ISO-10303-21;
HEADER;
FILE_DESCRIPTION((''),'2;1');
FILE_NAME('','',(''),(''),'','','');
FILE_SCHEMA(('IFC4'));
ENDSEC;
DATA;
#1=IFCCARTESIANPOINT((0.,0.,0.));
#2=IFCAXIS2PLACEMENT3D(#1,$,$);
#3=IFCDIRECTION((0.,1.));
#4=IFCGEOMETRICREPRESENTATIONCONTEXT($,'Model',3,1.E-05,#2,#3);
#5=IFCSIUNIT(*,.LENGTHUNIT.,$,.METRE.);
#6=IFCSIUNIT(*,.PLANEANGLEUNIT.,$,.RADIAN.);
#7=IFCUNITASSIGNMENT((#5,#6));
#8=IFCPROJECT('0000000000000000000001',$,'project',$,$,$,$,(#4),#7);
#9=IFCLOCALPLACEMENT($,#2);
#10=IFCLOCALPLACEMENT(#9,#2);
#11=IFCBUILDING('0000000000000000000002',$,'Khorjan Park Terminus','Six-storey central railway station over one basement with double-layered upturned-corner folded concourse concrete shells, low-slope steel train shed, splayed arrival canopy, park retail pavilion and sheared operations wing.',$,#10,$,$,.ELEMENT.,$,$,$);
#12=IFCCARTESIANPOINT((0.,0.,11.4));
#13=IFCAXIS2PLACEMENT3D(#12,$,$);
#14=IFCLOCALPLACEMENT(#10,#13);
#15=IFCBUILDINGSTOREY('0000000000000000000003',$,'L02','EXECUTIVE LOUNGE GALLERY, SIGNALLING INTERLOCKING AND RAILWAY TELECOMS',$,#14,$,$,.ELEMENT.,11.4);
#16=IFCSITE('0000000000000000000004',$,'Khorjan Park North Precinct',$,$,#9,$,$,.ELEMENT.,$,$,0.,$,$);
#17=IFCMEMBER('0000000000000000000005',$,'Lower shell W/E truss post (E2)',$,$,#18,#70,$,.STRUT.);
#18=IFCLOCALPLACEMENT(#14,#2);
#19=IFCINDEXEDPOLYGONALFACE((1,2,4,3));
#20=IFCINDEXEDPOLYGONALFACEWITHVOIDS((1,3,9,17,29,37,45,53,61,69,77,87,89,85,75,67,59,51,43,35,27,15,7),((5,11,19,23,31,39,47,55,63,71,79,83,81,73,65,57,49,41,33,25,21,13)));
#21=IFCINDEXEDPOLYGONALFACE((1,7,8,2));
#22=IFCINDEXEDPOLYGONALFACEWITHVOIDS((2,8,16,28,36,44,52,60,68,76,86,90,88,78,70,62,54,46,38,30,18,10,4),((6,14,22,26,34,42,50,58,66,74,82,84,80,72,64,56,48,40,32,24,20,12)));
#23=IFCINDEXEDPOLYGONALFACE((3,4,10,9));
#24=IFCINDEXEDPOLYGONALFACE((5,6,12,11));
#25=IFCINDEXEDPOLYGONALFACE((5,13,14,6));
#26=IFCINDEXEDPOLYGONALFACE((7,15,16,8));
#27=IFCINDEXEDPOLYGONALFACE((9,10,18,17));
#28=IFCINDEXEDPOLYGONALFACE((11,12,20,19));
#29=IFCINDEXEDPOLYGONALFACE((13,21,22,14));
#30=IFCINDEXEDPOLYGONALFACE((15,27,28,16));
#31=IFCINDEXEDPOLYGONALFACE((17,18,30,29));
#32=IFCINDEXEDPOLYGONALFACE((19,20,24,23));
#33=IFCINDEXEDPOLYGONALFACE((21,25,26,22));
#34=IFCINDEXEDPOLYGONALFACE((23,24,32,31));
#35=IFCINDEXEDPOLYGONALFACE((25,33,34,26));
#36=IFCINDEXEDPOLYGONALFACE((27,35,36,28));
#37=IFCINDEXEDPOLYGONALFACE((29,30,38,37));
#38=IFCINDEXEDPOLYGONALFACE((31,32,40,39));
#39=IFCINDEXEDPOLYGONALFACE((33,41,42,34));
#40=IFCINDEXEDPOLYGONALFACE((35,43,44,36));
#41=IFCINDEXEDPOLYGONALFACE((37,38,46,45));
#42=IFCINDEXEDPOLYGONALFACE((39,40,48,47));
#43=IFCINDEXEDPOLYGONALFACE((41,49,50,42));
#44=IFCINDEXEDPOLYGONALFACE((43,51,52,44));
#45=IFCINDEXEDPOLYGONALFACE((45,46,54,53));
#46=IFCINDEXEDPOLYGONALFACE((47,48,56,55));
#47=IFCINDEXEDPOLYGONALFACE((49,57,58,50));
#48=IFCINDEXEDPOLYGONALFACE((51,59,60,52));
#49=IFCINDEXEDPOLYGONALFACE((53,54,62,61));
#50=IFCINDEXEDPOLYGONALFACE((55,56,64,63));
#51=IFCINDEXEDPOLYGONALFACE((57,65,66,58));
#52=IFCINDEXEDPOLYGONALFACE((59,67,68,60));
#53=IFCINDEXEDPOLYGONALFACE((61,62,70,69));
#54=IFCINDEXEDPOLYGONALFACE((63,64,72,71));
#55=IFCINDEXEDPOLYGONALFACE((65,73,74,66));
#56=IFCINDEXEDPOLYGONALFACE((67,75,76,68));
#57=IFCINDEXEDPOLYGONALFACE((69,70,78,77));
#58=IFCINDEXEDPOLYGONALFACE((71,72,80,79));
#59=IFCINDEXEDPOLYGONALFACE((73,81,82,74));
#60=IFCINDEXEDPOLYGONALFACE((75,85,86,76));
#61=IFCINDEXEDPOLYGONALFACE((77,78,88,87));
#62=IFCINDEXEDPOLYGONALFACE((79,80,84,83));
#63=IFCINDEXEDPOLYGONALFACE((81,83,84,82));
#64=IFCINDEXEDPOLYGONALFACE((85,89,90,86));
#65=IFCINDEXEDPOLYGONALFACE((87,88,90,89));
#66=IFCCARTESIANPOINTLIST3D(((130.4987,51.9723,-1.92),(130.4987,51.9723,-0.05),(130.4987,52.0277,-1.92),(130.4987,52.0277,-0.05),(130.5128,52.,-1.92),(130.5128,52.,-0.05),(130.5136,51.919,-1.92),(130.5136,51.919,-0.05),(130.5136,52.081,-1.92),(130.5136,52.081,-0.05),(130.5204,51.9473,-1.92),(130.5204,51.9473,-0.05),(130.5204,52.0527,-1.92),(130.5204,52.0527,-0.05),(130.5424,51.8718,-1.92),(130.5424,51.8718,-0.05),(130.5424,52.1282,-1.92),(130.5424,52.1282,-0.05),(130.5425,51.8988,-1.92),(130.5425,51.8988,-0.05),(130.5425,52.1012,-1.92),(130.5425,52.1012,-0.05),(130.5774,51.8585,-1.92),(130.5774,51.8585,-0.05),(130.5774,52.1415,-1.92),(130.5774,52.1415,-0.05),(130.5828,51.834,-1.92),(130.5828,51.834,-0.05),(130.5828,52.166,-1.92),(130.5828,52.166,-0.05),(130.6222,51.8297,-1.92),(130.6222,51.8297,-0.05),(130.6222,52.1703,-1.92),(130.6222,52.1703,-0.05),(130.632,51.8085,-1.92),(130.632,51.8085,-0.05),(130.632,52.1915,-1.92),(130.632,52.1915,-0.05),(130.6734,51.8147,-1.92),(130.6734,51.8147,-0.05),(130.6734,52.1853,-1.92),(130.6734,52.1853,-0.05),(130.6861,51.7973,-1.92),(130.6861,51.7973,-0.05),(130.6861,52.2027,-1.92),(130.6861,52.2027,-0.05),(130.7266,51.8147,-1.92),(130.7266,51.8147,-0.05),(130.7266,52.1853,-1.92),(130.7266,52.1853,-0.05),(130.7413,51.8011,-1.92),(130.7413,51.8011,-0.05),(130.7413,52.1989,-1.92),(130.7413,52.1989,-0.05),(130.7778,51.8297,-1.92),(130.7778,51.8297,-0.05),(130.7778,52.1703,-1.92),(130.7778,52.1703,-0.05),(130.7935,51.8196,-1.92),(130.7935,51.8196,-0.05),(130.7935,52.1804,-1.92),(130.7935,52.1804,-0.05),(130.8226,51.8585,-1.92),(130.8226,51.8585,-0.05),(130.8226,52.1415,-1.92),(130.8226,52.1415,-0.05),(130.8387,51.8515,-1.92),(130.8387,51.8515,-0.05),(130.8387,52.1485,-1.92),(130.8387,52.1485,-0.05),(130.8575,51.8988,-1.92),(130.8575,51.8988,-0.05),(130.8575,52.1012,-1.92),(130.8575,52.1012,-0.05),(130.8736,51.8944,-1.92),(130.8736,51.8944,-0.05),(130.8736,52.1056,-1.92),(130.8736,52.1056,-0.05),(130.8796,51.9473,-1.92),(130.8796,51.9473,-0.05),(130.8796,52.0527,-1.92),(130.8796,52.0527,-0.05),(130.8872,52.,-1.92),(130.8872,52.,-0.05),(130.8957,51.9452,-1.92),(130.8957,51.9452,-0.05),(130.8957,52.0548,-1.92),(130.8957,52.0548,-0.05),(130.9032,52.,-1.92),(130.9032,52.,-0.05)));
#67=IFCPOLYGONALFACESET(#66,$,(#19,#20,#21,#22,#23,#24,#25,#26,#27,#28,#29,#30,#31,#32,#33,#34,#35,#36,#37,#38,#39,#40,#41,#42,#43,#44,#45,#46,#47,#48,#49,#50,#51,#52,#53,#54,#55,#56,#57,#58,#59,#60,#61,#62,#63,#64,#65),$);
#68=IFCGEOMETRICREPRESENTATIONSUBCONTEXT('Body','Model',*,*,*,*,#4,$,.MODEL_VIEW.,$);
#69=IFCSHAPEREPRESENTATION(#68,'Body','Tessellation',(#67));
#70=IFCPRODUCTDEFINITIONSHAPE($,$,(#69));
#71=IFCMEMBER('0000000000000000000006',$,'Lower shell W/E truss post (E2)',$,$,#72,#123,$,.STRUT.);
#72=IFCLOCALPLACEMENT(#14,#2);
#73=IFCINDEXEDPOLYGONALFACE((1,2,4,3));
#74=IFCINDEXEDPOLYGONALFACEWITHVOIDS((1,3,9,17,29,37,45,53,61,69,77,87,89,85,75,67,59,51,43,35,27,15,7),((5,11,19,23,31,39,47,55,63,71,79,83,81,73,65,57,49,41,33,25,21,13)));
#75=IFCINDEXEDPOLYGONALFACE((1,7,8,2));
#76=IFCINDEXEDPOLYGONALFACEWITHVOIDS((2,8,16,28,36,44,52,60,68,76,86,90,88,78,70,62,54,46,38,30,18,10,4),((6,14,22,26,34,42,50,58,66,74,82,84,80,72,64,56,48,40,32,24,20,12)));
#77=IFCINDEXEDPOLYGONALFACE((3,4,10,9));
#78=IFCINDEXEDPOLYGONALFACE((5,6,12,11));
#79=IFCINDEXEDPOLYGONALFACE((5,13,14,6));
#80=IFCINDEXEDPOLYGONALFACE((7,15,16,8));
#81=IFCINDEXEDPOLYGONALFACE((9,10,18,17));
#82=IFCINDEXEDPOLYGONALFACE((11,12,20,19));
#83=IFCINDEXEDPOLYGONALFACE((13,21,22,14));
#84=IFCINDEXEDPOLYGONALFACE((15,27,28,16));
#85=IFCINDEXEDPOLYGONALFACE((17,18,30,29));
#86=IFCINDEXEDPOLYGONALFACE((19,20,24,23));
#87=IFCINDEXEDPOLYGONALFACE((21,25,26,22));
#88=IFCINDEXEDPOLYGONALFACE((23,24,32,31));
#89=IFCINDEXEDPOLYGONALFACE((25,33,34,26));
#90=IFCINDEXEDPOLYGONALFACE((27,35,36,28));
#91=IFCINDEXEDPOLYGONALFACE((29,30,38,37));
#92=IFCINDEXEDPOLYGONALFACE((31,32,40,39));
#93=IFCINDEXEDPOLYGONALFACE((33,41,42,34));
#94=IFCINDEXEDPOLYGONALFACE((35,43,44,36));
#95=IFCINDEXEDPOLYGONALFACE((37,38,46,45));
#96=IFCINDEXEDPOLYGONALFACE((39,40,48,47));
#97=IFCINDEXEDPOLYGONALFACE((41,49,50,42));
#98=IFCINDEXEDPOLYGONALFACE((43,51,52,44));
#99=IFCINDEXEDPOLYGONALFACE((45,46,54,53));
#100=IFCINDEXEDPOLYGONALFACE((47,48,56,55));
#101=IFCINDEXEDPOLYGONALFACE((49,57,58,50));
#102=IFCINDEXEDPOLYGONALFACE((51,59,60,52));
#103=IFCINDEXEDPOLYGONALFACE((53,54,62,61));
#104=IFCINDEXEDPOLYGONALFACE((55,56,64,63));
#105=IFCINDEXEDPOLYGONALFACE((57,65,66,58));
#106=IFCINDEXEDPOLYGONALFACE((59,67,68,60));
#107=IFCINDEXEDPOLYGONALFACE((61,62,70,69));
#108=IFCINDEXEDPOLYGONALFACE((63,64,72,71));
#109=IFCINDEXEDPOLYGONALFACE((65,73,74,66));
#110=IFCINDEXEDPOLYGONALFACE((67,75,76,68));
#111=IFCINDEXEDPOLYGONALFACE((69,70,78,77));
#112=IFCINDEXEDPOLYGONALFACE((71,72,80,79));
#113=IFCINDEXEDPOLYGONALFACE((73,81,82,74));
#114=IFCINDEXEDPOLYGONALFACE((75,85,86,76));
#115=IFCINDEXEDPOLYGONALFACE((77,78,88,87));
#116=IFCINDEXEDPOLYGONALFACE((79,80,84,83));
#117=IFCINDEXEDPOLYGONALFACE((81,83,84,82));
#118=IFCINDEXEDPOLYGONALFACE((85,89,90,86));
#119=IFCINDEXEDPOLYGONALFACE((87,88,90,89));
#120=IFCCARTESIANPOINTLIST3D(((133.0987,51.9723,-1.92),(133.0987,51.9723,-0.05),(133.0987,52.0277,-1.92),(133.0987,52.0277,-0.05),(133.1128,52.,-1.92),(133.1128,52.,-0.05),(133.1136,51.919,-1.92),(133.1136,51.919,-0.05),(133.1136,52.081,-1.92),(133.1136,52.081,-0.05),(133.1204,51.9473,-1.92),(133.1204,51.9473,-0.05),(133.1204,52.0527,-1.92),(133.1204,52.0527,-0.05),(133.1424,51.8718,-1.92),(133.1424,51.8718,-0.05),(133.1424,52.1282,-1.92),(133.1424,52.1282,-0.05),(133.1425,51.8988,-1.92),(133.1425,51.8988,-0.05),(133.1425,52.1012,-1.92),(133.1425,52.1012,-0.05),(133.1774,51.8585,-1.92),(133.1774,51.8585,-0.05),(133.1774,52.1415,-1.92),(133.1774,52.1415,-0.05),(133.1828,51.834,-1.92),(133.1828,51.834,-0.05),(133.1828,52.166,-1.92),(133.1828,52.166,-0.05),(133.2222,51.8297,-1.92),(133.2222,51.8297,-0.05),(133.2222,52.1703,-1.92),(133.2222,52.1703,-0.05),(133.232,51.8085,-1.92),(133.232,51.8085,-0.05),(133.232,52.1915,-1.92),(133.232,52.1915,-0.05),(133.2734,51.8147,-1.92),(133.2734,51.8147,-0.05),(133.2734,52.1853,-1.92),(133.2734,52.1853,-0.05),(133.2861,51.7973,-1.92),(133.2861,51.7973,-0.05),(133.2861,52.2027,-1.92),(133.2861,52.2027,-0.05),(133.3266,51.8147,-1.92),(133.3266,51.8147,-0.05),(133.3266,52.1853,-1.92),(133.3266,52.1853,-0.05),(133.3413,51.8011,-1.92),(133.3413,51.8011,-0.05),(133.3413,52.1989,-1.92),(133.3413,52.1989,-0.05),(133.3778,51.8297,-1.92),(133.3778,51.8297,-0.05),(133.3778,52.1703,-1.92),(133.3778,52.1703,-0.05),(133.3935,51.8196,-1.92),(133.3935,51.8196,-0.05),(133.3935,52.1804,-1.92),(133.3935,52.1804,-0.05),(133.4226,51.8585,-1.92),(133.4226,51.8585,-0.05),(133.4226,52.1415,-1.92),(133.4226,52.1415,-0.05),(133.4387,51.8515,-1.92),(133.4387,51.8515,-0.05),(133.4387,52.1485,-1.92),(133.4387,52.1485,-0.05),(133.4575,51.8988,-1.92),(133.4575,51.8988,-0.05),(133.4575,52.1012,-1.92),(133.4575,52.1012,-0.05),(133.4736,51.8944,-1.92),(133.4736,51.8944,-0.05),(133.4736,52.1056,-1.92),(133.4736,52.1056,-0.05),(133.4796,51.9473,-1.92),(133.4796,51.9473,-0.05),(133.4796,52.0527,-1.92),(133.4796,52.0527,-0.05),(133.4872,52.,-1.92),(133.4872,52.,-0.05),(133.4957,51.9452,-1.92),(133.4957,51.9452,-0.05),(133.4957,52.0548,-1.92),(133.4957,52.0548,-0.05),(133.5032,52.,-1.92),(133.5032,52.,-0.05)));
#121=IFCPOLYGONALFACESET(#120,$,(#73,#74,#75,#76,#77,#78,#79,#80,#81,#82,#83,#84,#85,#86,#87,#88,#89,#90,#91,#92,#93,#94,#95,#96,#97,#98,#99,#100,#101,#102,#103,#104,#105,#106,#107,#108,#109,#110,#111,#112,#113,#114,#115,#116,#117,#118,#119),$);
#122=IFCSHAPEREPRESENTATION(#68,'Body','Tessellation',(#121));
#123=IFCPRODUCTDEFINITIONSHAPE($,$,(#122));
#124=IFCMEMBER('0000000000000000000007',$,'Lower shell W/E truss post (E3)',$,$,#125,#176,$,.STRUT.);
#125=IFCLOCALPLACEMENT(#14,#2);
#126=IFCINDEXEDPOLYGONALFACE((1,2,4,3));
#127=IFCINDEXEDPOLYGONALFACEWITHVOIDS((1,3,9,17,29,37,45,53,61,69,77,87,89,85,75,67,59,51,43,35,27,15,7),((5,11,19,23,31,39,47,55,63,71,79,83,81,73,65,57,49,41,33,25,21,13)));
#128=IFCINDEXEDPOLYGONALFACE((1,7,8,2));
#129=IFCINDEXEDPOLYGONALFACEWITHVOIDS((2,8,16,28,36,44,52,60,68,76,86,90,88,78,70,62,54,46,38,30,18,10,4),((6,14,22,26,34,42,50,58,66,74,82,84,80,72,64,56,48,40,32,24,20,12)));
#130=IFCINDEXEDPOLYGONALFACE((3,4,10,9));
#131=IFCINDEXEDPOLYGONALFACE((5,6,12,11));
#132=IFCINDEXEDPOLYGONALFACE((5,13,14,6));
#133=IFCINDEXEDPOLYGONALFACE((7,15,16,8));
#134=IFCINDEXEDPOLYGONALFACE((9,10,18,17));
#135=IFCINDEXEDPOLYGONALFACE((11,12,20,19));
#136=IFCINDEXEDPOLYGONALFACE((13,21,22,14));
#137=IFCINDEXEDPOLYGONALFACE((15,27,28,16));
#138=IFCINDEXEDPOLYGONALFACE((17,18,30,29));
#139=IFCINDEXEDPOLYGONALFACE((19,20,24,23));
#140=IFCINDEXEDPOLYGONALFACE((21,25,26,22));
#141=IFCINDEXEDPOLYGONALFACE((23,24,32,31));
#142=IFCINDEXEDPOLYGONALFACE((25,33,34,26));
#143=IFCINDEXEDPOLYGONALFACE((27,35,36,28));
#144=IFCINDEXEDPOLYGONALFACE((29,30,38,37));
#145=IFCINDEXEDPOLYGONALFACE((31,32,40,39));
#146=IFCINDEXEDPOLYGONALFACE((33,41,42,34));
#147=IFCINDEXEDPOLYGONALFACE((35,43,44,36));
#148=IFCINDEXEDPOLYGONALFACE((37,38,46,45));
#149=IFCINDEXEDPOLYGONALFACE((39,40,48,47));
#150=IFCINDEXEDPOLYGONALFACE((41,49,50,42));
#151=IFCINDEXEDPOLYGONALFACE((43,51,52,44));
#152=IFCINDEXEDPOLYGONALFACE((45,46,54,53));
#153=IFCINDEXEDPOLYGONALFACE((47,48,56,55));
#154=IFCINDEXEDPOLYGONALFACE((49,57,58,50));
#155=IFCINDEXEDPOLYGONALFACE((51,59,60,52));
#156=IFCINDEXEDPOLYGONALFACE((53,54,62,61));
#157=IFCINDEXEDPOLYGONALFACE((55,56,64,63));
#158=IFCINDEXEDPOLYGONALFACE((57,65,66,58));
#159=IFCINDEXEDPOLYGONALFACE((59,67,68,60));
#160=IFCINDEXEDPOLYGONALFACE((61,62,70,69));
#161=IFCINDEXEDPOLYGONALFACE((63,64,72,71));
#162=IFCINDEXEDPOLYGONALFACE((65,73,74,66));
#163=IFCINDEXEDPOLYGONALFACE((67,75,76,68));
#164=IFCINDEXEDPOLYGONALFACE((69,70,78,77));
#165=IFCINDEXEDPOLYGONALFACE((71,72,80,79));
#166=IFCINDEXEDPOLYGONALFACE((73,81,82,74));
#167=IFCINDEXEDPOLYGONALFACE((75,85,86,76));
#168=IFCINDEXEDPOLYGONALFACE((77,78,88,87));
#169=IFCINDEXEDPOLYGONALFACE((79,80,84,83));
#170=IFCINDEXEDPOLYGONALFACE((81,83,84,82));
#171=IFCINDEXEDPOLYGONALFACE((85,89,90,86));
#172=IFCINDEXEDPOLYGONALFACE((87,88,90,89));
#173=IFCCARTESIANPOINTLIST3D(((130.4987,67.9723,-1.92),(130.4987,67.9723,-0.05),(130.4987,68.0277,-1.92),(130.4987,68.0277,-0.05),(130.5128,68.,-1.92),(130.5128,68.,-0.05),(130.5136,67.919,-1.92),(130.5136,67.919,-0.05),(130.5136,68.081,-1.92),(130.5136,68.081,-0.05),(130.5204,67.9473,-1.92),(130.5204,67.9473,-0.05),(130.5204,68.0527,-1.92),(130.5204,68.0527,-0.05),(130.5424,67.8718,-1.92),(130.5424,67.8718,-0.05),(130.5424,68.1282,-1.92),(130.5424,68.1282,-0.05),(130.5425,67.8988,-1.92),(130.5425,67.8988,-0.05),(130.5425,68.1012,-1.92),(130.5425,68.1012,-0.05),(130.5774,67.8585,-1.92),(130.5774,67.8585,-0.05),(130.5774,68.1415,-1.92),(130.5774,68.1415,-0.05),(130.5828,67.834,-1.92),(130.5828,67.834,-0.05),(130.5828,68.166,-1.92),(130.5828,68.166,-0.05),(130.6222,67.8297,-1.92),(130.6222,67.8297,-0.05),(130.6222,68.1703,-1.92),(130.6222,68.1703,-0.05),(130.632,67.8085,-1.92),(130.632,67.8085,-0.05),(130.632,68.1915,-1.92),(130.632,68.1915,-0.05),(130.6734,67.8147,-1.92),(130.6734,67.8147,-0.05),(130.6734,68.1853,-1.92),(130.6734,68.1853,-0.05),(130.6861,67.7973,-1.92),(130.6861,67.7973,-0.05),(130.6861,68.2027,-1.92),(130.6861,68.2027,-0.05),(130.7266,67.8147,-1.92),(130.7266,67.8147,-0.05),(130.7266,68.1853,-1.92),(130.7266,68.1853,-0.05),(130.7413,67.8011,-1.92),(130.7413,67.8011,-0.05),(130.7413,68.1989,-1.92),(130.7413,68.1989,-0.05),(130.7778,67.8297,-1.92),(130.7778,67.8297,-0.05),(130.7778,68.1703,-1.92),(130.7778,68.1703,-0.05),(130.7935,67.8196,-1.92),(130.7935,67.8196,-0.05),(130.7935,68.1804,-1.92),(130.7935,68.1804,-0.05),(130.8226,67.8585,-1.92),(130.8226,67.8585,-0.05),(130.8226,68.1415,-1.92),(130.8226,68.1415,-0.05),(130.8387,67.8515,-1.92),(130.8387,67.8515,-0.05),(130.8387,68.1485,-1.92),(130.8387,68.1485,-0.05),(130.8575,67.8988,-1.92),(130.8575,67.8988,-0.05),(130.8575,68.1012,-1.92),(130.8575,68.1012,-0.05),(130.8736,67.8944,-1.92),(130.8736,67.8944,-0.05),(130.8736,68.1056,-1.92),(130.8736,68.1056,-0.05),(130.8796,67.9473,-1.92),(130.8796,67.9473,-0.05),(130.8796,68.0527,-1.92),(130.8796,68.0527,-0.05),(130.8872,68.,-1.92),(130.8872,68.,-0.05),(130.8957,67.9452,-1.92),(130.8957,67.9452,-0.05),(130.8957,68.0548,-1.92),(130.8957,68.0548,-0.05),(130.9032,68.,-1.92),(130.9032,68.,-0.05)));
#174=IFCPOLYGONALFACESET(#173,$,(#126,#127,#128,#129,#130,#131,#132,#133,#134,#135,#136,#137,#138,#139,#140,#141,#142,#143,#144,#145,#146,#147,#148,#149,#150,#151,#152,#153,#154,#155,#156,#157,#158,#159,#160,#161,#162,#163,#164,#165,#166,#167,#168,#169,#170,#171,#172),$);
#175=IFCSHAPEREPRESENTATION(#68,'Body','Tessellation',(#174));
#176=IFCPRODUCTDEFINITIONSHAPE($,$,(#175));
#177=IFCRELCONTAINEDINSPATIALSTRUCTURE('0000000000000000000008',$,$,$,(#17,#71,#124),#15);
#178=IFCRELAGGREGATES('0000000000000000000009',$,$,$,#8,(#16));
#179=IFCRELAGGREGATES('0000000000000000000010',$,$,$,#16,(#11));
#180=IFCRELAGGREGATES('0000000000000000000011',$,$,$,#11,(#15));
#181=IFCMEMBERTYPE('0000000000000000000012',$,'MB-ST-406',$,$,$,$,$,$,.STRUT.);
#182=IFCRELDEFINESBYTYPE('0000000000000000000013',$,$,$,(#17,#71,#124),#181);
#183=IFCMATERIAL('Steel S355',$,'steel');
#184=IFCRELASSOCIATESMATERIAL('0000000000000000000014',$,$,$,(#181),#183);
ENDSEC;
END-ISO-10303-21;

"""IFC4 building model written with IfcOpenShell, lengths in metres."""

from ifc_helpers import new_model, si_unit, direction, frame, origin, origin_2d, place, context, subcontext, project, spatial, hollow_circle, extrude, material, material_profile, profile_set, type_object, element, save


model = new_model("IFC4")

# Units and contexts
model_context = context("Model", 3, precision=1e-05, world=origin(), true_north=direction((0.0, 1.0)))
body_context = subcontext(model_context, "Body", "Model", "MODEL_VIEW")
ifc_project = project(units=[si_unit("LENGTHUNIT", "METRE"), si_unit("PLANEANGLEUNIT", "RADIAN")], contexts=[model_context])

# Site, building, storey
site_placement = place(None, origin())
site = spatial("IfcSite", under=ifc_project, at=site_placement, Name="Khorjan Park North Precinct", CompositionType="ELEMENT", RefElevation=0.0)
building_placement = place(site_placement, origin())
building = spatial("IfcBuilding", under=site, at=building_placement, Name="Khorjan Park Terminus", Description="Six-storey central railway station over one basement with double-layered upturned-corner folded concourse concrete shells, low-slope steel train shed, splayed arrival canopy, park retail pavilion and sheared operations wing.", CompositionType="ELEMENT")
storey_placement = place(building_placement, frame((0.0, 0.0, 11.4)))
storey = spatial("IfcBuildingStorey", under=building, at=storey_placement, Name="L02", Description="EXECUTIVE LOUNGE GALLERY, SIGNALLING INTERLOCKING AND RAILWAY TELECOMS", CompositionType="ELEMENT", Elevation=11.4)

# Members
ifc_material_1 = material(Name="Steel S355", Category="steel")
ifc_material_profile_1 = material_profile(ifc_material_1, hollow_circle(Radius=0.2032, WallThickness=0.016, at=origin_2d()), Name="CHS 406.4x16")
ifc_profile_set_1 = profile_set([ifc_material_profile_1], Name="Steel S355")
member_type_1 = type_object("IfcMemberType", Name="MB-ST-406", PredefinedType="STRUT", material=ifc_profile_set_1)
for number, where, z_axis, x_axis, name in (
    (1, (130.7, 52.0, -1.92), (0.0, 0.0, 1.0), (1.0, 0.0, 0.0), "Lower shell W/E truss post (E2)"),
    (2, (133.3, 52.0, -1.92), (0.0, 0.0, 1.0), (1.0, 0.0, 0.0), "Lower shell W/E truss post (E2)"),
    (3, (130.7, 68.0, -1.92), (0.0, 0.0, 1.0), (1.0, 0.0, 0.0), "Lower shell W/E truss post (E3)"),
):
    element("IfcMember", number, at=place(storey_placement, frame(where, z_axis=z_axis, x_axis=x_axis)), inside=storey, type_object=member_type_1, Name=name, PredefinedType="STRUT", context=body_context, shape_type="SweptSolid", body=[
        extrude(hollow_circle(Radius=0.2032, WallThickness=0.016, at=origin_2d()), origin(), (0.0, 0.0, 1.0), 1.87),
    ])

save(model, "model.ifc")
